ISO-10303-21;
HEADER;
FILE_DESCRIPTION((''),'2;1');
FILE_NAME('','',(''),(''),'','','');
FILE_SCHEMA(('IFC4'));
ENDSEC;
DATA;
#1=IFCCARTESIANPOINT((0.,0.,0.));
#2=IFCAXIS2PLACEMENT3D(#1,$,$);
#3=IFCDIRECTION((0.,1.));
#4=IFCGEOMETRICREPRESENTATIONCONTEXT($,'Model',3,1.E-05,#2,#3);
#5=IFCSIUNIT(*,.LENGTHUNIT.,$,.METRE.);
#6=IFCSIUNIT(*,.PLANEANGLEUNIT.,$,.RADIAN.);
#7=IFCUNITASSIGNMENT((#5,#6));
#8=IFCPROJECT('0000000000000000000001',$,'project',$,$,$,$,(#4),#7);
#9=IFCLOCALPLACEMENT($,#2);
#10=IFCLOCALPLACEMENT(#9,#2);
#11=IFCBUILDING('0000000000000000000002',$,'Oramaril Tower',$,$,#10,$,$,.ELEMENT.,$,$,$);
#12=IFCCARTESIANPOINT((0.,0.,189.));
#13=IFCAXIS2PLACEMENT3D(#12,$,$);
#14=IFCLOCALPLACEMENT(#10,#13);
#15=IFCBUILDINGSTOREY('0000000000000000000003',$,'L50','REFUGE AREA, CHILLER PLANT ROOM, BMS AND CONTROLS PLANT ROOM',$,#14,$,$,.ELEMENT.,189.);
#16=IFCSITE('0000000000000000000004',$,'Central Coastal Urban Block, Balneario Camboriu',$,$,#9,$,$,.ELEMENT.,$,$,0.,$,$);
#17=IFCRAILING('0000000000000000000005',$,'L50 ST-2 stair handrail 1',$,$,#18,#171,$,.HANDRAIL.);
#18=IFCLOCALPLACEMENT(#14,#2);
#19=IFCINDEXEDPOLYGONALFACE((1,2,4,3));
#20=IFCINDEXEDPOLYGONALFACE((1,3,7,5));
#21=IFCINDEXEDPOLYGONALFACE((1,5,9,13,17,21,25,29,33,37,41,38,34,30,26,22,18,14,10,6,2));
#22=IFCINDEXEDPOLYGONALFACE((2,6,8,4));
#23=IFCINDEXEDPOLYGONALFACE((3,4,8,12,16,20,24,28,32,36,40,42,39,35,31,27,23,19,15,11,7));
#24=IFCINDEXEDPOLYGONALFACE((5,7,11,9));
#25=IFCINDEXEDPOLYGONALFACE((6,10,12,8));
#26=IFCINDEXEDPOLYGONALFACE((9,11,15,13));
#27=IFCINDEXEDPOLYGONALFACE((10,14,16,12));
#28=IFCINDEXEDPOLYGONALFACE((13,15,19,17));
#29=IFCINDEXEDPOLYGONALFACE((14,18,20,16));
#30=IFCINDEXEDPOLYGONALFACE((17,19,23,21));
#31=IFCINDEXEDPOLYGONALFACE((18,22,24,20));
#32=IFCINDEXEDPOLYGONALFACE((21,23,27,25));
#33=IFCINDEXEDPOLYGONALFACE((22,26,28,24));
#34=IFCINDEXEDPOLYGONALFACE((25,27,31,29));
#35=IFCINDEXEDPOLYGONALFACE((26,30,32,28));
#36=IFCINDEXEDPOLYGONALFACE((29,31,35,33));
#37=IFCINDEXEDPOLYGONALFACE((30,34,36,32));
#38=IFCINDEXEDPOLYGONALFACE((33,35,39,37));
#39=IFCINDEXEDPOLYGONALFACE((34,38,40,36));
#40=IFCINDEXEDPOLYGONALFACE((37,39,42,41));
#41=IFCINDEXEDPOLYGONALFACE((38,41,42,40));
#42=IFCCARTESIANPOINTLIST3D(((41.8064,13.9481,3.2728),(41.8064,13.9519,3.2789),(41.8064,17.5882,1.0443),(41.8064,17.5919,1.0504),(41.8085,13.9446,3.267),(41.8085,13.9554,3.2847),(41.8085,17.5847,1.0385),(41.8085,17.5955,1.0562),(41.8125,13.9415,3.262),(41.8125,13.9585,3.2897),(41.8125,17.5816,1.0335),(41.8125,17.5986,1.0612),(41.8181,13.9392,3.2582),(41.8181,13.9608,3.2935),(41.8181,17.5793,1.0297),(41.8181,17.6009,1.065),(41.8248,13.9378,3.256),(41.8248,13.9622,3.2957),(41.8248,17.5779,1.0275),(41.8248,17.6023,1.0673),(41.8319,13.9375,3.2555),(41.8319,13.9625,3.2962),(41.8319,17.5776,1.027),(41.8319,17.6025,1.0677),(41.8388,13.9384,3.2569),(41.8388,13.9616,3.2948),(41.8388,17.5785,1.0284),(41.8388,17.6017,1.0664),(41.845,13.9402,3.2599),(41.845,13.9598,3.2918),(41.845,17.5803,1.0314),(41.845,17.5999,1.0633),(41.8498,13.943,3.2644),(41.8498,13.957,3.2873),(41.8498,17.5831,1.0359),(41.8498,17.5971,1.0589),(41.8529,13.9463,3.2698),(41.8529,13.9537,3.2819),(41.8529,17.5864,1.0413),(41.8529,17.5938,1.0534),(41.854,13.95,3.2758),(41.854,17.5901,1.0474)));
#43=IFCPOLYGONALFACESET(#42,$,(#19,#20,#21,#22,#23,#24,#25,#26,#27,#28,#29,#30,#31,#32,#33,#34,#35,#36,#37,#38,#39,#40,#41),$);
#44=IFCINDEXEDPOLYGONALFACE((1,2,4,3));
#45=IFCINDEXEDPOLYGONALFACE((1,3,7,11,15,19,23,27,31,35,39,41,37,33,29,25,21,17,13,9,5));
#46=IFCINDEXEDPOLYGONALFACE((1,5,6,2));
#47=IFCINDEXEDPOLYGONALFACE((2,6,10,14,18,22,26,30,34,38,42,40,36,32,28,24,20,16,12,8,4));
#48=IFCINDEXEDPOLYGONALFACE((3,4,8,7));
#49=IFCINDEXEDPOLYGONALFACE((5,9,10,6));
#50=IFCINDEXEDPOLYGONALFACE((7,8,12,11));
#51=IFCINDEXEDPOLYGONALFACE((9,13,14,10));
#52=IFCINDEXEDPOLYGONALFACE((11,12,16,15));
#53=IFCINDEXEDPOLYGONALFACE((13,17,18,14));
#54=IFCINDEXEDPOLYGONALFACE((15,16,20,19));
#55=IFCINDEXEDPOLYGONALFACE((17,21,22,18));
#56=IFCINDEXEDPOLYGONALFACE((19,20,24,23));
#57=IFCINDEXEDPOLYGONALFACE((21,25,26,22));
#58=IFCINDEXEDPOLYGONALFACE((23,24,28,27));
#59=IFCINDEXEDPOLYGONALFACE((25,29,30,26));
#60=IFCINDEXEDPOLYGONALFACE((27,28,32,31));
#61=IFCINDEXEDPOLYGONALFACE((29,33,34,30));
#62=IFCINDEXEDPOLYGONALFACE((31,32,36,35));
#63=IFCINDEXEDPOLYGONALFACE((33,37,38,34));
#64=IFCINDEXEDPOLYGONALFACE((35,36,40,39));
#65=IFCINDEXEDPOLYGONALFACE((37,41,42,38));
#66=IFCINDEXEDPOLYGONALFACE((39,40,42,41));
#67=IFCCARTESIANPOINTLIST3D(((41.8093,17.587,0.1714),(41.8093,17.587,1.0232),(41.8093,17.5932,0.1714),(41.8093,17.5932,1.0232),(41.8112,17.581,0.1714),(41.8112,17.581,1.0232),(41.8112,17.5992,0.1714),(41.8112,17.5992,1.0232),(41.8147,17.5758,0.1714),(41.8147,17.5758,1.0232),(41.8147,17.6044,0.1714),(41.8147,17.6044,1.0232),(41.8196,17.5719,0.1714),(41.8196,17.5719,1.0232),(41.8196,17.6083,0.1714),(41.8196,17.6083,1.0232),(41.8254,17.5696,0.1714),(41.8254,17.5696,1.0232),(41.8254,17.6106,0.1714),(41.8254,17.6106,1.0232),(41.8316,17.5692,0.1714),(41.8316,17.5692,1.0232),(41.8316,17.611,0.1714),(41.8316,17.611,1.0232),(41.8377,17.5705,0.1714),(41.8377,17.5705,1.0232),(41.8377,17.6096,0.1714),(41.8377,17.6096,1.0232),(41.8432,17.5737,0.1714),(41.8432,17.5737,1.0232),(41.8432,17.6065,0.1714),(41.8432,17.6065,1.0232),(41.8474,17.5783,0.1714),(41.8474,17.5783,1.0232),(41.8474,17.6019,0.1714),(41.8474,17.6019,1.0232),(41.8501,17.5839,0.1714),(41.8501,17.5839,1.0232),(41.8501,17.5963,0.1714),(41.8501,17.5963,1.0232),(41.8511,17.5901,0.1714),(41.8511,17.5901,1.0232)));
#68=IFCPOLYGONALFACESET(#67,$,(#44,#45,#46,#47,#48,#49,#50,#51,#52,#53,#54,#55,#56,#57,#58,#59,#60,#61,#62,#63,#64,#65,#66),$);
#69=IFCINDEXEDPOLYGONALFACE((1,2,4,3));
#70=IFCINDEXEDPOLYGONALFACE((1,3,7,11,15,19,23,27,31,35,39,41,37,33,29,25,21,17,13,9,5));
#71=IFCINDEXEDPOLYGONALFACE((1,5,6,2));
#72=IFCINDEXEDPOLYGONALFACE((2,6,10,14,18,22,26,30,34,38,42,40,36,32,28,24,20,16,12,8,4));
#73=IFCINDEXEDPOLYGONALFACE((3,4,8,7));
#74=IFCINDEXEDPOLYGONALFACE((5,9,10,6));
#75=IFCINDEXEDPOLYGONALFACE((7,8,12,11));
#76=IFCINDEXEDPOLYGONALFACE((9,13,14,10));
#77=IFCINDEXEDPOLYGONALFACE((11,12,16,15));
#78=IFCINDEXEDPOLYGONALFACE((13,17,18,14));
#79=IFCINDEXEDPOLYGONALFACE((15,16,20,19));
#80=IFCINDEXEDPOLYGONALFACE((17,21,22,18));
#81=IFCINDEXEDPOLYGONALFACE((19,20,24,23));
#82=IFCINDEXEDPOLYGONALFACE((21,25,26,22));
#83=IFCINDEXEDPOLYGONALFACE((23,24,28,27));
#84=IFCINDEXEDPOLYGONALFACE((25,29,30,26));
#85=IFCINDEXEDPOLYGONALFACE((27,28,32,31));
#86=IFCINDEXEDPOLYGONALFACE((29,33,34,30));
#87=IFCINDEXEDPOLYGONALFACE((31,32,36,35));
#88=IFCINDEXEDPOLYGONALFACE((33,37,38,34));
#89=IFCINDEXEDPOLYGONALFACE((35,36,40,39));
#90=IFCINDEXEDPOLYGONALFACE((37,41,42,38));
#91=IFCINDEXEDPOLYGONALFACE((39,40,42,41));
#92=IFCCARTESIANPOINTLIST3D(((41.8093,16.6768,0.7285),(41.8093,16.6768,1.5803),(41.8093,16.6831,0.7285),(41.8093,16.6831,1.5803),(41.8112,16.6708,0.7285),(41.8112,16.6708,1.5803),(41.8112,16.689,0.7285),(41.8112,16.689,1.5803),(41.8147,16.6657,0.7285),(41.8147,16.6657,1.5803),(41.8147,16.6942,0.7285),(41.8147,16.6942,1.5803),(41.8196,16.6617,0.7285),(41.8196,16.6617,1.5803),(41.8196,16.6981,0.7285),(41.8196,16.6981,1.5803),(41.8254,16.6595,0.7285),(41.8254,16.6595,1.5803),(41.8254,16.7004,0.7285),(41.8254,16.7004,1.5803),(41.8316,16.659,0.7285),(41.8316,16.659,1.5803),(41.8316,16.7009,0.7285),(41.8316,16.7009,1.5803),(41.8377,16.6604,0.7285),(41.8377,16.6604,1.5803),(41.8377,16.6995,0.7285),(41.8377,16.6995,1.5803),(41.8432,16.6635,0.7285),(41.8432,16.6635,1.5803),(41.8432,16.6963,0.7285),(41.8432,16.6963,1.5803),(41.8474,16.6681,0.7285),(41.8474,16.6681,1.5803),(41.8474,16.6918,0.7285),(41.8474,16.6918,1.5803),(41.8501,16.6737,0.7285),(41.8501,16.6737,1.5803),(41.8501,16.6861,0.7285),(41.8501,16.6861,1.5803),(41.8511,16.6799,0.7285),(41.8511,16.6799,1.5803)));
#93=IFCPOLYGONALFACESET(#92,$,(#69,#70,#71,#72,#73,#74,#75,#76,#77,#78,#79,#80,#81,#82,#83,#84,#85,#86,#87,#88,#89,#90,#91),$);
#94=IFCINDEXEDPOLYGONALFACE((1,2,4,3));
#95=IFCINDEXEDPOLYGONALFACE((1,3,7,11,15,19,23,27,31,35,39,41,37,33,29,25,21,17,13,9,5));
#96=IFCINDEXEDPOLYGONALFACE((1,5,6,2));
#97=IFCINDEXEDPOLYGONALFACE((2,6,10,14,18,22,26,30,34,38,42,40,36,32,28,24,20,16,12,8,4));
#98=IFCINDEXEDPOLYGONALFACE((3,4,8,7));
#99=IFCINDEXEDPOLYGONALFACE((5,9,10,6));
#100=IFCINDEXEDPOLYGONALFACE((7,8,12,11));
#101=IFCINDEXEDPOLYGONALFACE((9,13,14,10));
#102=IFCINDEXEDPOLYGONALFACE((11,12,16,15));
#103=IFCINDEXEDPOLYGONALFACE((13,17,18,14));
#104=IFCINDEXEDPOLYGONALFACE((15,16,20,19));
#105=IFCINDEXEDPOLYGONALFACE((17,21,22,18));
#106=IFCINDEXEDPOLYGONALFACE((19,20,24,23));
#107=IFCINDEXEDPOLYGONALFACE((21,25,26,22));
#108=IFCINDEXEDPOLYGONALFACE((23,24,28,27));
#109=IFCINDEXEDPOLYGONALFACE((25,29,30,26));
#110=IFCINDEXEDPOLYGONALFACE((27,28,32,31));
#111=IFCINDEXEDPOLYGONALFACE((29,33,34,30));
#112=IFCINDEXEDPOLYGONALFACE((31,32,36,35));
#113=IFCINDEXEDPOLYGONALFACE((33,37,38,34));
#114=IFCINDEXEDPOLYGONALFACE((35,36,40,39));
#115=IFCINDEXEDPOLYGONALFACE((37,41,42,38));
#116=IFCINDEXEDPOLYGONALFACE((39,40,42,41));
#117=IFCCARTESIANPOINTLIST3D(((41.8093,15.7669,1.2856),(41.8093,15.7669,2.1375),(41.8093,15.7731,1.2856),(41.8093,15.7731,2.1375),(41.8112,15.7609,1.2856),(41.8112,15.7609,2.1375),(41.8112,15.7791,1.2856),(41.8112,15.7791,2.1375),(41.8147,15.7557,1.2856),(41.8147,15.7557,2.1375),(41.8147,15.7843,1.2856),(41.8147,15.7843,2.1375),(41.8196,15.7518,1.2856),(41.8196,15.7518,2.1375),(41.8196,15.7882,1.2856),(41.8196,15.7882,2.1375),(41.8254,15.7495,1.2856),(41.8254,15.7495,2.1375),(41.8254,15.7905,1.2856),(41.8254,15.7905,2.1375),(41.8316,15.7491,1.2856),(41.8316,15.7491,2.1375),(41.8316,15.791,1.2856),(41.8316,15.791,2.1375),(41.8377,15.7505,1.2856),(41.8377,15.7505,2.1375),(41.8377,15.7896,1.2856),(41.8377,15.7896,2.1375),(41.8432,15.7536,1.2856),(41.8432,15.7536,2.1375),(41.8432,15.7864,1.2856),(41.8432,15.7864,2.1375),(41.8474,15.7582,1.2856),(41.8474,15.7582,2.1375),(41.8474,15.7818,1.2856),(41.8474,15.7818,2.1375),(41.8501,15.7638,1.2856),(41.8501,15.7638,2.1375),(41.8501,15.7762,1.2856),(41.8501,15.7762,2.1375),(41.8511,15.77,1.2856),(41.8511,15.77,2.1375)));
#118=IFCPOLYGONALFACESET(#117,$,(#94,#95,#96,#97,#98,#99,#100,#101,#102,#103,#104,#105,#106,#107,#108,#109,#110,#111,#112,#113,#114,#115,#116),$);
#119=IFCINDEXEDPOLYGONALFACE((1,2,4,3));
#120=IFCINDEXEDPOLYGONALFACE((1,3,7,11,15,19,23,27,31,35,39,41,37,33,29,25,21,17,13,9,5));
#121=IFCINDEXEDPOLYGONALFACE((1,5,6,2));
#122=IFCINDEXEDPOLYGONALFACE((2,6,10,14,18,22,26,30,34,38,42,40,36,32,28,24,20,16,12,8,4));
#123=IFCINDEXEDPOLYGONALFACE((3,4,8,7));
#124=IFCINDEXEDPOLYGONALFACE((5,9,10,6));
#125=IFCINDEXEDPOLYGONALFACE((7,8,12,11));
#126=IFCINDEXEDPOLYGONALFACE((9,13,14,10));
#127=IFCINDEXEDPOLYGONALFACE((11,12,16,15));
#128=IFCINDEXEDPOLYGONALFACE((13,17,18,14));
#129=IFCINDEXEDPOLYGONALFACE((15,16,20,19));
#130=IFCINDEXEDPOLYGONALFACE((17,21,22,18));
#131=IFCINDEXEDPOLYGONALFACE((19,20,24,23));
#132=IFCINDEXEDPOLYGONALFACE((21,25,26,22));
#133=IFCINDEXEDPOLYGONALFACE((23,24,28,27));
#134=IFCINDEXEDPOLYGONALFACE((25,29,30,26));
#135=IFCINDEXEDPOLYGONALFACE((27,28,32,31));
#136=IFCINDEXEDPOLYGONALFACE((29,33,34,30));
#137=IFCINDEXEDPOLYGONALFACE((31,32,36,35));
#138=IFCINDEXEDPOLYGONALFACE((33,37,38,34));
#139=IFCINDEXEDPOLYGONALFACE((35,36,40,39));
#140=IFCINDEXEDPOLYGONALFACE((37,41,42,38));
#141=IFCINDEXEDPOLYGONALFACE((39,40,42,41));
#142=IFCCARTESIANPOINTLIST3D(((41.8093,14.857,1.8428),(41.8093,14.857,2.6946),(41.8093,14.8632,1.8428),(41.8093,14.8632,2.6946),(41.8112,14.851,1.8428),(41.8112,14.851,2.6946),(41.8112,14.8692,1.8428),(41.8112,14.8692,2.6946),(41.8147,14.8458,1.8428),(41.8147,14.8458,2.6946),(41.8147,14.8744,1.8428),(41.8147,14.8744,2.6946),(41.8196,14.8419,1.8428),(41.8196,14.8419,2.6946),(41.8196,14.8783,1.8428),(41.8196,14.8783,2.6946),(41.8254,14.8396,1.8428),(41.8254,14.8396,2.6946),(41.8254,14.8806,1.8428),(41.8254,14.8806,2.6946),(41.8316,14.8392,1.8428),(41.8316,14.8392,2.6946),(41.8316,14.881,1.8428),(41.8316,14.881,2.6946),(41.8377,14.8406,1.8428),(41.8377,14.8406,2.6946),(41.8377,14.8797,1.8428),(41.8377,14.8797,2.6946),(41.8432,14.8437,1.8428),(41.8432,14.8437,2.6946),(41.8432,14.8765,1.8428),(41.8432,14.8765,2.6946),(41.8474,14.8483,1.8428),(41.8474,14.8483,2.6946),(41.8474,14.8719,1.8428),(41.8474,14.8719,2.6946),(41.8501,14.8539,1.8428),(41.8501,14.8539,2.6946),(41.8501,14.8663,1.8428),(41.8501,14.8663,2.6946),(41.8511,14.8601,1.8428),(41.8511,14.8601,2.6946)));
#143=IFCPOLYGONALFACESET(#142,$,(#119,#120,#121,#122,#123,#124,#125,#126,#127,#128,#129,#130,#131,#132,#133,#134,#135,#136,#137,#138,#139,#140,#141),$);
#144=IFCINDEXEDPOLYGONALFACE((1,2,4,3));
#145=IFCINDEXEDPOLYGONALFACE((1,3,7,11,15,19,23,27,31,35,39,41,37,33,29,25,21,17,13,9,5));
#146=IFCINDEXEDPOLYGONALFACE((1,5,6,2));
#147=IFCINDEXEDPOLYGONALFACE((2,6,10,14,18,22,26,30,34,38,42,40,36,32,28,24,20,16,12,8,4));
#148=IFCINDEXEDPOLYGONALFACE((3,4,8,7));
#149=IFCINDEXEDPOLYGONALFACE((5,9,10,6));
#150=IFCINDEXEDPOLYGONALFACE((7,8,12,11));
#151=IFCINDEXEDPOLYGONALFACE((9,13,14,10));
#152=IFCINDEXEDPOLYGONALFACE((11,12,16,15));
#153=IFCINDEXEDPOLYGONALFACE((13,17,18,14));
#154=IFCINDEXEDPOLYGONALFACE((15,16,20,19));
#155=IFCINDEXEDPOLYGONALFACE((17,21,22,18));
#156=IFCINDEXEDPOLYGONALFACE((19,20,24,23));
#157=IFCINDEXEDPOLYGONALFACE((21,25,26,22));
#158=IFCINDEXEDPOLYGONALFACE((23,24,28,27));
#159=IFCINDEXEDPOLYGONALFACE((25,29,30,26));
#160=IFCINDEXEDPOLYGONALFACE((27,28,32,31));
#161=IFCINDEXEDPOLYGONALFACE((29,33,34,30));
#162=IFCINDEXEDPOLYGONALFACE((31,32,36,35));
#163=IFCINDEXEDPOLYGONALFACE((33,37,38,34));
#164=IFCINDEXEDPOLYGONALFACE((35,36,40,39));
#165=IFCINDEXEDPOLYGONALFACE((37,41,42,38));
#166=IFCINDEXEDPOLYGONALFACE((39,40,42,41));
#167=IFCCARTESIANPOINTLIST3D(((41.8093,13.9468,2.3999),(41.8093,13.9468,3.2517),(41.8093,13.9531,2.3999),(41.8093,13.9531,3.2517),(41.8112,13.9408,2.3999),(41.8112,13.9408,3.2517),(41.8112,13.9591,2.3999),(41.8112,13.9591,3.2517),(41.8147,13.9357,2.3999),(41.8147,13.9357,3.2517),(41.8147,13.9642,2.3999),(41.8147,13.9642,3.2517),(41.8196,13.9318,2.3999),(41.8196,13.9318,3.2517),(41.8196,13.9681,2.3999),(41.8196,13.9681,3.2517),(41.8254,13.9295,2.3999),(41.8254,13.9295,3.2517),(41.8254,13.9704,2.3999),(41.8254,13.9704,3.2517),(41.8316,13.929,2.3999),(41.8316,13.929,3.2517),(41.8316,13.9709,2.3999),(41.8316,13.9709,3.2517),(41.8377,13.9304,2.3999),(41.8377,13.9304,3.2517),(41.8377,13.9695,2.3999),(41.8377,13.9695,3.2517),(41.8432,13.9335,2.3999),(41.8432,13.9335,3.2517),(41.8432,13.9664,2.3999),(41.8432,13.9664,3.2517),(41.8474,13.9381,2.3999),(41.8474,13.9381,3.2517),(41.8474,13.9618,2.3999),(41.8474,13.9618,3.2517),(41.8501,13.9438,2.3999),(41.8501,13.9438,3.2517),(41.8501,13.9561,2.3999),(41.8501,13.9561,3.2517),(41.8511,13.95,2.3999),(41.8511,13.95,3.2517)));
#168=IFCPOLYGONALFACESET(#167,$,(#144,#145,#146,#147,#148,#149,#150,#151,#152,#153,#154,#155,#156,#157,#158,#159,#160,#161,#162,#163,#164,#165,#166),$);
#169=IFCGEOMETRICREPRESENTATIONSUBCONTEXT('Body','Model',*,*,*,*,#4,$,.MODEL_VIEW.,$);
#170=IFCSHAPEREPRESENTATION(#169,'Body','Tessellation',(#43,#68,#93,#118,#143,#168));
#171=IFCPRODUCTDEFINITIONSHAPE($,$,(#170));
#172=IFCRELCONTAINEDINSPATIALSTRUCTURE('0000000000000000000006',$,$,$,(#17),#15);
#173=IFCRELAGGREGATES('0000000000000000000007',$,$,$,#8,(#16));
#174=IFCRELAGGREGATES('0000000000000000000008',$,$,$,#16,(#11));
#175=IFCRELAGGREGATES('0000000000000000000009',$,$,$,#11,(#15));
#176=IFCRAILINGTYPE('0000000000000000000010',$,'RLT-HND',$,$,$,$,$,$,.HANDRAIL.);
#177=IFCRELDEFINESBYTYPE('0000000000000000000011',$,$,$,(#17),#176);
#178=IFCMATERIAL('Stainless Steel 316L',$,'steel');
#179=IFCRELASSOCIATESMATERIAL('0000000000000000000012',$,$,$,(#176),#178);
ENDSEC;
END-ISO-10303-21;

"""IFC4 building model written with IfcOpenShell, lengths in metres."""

from ifc_helpers import new_model, si_unit, direction, frame, origin, origin_2d, place, context, subcontext, project, spatial, circle, extrude, material, type_object, element, save


model = new_model("IFC4")

# Units and contexts
model_context = context("Model", 3, precision=1e-05, world=origin(), true_north=direction((0.0, 1.0)))
body_context = subcontext(model_context, "Body", "Model", "MODEL_VIEW")
ifc_project = project(units=[si_unit("LENGTHUNIT", "METRE"), si_unit("PLANEANGLEUNIT", "RADIAN")], contexts=[model_context])

# Site, building, storey
site_placement = place(None, origin())
site = spatial("IfcSite", under=ifc_project, at=site_placement, Name="Central Coastal Urban Block, Balneario Camboriu", CompositionType="ELEMENT", RefElevation=0.0)
building_placement = place(site_placement, origin())
building = spatial("IfcBuilding", under=site, at=building_placement, Name="Oramaril Tower", CompositionType="ELEMENT")
storey_placement = place(building_placement, frame((0.0, 0.0, 189.0)))
storey = spatial("IfcBuildingStorey", under=building, at=storey_placement, Name="L50", Description="REFUGE AREA, CHILLER PLANT ROOM, BMS AND CONTROLS PLANT ROOM", CompositionType="ELEMENT", Elevation=189.0)

# Railing
ifc_material_1 = material(Name="Stainless Steel 316L", Category="steel")
railing_type_1 = type_object("IfcRailingType", Name="RLT-HND", PredefinedType="HANDRAIL", material=ifc_material_1)
railing_1_placement = place(storey_placement, frame((41.8301, 17.5901, 0.1714)))
element("IfcRailing", 1, at=railing_1_placement, inside=storey, type_object=railing_type_1, Name="L50 ST-2 stair handrail 1", PredefinedType="HANDRAIL", context=body_context, shape_type="SweptSolid", body=[
    extrude(circle(Radius=0.0239, at=origin_2d()), frame((0.0, 0.0, 0.876), z_axis=(0.0, -0.852866, 0.52213), x_axis=(1.0, 0.0, 0.0)), (0.0, 0.0, 1.0), 4.2681),
    extrude(circle(Radius=0.021, at=origin_2d()), origin(), (0.0, 0.0, 1.0), 0.8518),
    extrude(circle(Radius=0.021, at=origin_2d()), frame((0.0, -0.9102, 0.5571)), (0.0, 0.0, 1.0), 0.8518),
    extrude(circle(Radius=0.021, at=origin_2d()), frame((0.0, -1.8201, 1.1143)), (0.0, 0.0, 1.0), 0.8518),
    extrude(circle(Radius=0.021, at=origin_2d()), frame((0.0, -2.73, 1.6714)), (0.0, 0.0, 1.0), 0.8518),
    extrude(circle(Radius=0.021, at=origin_2d()), frame((0.0, -3.6401, 2.2285)), (0.0, 0.0, 1.0), 0.8518),
])

save(model, "model.ifc")
